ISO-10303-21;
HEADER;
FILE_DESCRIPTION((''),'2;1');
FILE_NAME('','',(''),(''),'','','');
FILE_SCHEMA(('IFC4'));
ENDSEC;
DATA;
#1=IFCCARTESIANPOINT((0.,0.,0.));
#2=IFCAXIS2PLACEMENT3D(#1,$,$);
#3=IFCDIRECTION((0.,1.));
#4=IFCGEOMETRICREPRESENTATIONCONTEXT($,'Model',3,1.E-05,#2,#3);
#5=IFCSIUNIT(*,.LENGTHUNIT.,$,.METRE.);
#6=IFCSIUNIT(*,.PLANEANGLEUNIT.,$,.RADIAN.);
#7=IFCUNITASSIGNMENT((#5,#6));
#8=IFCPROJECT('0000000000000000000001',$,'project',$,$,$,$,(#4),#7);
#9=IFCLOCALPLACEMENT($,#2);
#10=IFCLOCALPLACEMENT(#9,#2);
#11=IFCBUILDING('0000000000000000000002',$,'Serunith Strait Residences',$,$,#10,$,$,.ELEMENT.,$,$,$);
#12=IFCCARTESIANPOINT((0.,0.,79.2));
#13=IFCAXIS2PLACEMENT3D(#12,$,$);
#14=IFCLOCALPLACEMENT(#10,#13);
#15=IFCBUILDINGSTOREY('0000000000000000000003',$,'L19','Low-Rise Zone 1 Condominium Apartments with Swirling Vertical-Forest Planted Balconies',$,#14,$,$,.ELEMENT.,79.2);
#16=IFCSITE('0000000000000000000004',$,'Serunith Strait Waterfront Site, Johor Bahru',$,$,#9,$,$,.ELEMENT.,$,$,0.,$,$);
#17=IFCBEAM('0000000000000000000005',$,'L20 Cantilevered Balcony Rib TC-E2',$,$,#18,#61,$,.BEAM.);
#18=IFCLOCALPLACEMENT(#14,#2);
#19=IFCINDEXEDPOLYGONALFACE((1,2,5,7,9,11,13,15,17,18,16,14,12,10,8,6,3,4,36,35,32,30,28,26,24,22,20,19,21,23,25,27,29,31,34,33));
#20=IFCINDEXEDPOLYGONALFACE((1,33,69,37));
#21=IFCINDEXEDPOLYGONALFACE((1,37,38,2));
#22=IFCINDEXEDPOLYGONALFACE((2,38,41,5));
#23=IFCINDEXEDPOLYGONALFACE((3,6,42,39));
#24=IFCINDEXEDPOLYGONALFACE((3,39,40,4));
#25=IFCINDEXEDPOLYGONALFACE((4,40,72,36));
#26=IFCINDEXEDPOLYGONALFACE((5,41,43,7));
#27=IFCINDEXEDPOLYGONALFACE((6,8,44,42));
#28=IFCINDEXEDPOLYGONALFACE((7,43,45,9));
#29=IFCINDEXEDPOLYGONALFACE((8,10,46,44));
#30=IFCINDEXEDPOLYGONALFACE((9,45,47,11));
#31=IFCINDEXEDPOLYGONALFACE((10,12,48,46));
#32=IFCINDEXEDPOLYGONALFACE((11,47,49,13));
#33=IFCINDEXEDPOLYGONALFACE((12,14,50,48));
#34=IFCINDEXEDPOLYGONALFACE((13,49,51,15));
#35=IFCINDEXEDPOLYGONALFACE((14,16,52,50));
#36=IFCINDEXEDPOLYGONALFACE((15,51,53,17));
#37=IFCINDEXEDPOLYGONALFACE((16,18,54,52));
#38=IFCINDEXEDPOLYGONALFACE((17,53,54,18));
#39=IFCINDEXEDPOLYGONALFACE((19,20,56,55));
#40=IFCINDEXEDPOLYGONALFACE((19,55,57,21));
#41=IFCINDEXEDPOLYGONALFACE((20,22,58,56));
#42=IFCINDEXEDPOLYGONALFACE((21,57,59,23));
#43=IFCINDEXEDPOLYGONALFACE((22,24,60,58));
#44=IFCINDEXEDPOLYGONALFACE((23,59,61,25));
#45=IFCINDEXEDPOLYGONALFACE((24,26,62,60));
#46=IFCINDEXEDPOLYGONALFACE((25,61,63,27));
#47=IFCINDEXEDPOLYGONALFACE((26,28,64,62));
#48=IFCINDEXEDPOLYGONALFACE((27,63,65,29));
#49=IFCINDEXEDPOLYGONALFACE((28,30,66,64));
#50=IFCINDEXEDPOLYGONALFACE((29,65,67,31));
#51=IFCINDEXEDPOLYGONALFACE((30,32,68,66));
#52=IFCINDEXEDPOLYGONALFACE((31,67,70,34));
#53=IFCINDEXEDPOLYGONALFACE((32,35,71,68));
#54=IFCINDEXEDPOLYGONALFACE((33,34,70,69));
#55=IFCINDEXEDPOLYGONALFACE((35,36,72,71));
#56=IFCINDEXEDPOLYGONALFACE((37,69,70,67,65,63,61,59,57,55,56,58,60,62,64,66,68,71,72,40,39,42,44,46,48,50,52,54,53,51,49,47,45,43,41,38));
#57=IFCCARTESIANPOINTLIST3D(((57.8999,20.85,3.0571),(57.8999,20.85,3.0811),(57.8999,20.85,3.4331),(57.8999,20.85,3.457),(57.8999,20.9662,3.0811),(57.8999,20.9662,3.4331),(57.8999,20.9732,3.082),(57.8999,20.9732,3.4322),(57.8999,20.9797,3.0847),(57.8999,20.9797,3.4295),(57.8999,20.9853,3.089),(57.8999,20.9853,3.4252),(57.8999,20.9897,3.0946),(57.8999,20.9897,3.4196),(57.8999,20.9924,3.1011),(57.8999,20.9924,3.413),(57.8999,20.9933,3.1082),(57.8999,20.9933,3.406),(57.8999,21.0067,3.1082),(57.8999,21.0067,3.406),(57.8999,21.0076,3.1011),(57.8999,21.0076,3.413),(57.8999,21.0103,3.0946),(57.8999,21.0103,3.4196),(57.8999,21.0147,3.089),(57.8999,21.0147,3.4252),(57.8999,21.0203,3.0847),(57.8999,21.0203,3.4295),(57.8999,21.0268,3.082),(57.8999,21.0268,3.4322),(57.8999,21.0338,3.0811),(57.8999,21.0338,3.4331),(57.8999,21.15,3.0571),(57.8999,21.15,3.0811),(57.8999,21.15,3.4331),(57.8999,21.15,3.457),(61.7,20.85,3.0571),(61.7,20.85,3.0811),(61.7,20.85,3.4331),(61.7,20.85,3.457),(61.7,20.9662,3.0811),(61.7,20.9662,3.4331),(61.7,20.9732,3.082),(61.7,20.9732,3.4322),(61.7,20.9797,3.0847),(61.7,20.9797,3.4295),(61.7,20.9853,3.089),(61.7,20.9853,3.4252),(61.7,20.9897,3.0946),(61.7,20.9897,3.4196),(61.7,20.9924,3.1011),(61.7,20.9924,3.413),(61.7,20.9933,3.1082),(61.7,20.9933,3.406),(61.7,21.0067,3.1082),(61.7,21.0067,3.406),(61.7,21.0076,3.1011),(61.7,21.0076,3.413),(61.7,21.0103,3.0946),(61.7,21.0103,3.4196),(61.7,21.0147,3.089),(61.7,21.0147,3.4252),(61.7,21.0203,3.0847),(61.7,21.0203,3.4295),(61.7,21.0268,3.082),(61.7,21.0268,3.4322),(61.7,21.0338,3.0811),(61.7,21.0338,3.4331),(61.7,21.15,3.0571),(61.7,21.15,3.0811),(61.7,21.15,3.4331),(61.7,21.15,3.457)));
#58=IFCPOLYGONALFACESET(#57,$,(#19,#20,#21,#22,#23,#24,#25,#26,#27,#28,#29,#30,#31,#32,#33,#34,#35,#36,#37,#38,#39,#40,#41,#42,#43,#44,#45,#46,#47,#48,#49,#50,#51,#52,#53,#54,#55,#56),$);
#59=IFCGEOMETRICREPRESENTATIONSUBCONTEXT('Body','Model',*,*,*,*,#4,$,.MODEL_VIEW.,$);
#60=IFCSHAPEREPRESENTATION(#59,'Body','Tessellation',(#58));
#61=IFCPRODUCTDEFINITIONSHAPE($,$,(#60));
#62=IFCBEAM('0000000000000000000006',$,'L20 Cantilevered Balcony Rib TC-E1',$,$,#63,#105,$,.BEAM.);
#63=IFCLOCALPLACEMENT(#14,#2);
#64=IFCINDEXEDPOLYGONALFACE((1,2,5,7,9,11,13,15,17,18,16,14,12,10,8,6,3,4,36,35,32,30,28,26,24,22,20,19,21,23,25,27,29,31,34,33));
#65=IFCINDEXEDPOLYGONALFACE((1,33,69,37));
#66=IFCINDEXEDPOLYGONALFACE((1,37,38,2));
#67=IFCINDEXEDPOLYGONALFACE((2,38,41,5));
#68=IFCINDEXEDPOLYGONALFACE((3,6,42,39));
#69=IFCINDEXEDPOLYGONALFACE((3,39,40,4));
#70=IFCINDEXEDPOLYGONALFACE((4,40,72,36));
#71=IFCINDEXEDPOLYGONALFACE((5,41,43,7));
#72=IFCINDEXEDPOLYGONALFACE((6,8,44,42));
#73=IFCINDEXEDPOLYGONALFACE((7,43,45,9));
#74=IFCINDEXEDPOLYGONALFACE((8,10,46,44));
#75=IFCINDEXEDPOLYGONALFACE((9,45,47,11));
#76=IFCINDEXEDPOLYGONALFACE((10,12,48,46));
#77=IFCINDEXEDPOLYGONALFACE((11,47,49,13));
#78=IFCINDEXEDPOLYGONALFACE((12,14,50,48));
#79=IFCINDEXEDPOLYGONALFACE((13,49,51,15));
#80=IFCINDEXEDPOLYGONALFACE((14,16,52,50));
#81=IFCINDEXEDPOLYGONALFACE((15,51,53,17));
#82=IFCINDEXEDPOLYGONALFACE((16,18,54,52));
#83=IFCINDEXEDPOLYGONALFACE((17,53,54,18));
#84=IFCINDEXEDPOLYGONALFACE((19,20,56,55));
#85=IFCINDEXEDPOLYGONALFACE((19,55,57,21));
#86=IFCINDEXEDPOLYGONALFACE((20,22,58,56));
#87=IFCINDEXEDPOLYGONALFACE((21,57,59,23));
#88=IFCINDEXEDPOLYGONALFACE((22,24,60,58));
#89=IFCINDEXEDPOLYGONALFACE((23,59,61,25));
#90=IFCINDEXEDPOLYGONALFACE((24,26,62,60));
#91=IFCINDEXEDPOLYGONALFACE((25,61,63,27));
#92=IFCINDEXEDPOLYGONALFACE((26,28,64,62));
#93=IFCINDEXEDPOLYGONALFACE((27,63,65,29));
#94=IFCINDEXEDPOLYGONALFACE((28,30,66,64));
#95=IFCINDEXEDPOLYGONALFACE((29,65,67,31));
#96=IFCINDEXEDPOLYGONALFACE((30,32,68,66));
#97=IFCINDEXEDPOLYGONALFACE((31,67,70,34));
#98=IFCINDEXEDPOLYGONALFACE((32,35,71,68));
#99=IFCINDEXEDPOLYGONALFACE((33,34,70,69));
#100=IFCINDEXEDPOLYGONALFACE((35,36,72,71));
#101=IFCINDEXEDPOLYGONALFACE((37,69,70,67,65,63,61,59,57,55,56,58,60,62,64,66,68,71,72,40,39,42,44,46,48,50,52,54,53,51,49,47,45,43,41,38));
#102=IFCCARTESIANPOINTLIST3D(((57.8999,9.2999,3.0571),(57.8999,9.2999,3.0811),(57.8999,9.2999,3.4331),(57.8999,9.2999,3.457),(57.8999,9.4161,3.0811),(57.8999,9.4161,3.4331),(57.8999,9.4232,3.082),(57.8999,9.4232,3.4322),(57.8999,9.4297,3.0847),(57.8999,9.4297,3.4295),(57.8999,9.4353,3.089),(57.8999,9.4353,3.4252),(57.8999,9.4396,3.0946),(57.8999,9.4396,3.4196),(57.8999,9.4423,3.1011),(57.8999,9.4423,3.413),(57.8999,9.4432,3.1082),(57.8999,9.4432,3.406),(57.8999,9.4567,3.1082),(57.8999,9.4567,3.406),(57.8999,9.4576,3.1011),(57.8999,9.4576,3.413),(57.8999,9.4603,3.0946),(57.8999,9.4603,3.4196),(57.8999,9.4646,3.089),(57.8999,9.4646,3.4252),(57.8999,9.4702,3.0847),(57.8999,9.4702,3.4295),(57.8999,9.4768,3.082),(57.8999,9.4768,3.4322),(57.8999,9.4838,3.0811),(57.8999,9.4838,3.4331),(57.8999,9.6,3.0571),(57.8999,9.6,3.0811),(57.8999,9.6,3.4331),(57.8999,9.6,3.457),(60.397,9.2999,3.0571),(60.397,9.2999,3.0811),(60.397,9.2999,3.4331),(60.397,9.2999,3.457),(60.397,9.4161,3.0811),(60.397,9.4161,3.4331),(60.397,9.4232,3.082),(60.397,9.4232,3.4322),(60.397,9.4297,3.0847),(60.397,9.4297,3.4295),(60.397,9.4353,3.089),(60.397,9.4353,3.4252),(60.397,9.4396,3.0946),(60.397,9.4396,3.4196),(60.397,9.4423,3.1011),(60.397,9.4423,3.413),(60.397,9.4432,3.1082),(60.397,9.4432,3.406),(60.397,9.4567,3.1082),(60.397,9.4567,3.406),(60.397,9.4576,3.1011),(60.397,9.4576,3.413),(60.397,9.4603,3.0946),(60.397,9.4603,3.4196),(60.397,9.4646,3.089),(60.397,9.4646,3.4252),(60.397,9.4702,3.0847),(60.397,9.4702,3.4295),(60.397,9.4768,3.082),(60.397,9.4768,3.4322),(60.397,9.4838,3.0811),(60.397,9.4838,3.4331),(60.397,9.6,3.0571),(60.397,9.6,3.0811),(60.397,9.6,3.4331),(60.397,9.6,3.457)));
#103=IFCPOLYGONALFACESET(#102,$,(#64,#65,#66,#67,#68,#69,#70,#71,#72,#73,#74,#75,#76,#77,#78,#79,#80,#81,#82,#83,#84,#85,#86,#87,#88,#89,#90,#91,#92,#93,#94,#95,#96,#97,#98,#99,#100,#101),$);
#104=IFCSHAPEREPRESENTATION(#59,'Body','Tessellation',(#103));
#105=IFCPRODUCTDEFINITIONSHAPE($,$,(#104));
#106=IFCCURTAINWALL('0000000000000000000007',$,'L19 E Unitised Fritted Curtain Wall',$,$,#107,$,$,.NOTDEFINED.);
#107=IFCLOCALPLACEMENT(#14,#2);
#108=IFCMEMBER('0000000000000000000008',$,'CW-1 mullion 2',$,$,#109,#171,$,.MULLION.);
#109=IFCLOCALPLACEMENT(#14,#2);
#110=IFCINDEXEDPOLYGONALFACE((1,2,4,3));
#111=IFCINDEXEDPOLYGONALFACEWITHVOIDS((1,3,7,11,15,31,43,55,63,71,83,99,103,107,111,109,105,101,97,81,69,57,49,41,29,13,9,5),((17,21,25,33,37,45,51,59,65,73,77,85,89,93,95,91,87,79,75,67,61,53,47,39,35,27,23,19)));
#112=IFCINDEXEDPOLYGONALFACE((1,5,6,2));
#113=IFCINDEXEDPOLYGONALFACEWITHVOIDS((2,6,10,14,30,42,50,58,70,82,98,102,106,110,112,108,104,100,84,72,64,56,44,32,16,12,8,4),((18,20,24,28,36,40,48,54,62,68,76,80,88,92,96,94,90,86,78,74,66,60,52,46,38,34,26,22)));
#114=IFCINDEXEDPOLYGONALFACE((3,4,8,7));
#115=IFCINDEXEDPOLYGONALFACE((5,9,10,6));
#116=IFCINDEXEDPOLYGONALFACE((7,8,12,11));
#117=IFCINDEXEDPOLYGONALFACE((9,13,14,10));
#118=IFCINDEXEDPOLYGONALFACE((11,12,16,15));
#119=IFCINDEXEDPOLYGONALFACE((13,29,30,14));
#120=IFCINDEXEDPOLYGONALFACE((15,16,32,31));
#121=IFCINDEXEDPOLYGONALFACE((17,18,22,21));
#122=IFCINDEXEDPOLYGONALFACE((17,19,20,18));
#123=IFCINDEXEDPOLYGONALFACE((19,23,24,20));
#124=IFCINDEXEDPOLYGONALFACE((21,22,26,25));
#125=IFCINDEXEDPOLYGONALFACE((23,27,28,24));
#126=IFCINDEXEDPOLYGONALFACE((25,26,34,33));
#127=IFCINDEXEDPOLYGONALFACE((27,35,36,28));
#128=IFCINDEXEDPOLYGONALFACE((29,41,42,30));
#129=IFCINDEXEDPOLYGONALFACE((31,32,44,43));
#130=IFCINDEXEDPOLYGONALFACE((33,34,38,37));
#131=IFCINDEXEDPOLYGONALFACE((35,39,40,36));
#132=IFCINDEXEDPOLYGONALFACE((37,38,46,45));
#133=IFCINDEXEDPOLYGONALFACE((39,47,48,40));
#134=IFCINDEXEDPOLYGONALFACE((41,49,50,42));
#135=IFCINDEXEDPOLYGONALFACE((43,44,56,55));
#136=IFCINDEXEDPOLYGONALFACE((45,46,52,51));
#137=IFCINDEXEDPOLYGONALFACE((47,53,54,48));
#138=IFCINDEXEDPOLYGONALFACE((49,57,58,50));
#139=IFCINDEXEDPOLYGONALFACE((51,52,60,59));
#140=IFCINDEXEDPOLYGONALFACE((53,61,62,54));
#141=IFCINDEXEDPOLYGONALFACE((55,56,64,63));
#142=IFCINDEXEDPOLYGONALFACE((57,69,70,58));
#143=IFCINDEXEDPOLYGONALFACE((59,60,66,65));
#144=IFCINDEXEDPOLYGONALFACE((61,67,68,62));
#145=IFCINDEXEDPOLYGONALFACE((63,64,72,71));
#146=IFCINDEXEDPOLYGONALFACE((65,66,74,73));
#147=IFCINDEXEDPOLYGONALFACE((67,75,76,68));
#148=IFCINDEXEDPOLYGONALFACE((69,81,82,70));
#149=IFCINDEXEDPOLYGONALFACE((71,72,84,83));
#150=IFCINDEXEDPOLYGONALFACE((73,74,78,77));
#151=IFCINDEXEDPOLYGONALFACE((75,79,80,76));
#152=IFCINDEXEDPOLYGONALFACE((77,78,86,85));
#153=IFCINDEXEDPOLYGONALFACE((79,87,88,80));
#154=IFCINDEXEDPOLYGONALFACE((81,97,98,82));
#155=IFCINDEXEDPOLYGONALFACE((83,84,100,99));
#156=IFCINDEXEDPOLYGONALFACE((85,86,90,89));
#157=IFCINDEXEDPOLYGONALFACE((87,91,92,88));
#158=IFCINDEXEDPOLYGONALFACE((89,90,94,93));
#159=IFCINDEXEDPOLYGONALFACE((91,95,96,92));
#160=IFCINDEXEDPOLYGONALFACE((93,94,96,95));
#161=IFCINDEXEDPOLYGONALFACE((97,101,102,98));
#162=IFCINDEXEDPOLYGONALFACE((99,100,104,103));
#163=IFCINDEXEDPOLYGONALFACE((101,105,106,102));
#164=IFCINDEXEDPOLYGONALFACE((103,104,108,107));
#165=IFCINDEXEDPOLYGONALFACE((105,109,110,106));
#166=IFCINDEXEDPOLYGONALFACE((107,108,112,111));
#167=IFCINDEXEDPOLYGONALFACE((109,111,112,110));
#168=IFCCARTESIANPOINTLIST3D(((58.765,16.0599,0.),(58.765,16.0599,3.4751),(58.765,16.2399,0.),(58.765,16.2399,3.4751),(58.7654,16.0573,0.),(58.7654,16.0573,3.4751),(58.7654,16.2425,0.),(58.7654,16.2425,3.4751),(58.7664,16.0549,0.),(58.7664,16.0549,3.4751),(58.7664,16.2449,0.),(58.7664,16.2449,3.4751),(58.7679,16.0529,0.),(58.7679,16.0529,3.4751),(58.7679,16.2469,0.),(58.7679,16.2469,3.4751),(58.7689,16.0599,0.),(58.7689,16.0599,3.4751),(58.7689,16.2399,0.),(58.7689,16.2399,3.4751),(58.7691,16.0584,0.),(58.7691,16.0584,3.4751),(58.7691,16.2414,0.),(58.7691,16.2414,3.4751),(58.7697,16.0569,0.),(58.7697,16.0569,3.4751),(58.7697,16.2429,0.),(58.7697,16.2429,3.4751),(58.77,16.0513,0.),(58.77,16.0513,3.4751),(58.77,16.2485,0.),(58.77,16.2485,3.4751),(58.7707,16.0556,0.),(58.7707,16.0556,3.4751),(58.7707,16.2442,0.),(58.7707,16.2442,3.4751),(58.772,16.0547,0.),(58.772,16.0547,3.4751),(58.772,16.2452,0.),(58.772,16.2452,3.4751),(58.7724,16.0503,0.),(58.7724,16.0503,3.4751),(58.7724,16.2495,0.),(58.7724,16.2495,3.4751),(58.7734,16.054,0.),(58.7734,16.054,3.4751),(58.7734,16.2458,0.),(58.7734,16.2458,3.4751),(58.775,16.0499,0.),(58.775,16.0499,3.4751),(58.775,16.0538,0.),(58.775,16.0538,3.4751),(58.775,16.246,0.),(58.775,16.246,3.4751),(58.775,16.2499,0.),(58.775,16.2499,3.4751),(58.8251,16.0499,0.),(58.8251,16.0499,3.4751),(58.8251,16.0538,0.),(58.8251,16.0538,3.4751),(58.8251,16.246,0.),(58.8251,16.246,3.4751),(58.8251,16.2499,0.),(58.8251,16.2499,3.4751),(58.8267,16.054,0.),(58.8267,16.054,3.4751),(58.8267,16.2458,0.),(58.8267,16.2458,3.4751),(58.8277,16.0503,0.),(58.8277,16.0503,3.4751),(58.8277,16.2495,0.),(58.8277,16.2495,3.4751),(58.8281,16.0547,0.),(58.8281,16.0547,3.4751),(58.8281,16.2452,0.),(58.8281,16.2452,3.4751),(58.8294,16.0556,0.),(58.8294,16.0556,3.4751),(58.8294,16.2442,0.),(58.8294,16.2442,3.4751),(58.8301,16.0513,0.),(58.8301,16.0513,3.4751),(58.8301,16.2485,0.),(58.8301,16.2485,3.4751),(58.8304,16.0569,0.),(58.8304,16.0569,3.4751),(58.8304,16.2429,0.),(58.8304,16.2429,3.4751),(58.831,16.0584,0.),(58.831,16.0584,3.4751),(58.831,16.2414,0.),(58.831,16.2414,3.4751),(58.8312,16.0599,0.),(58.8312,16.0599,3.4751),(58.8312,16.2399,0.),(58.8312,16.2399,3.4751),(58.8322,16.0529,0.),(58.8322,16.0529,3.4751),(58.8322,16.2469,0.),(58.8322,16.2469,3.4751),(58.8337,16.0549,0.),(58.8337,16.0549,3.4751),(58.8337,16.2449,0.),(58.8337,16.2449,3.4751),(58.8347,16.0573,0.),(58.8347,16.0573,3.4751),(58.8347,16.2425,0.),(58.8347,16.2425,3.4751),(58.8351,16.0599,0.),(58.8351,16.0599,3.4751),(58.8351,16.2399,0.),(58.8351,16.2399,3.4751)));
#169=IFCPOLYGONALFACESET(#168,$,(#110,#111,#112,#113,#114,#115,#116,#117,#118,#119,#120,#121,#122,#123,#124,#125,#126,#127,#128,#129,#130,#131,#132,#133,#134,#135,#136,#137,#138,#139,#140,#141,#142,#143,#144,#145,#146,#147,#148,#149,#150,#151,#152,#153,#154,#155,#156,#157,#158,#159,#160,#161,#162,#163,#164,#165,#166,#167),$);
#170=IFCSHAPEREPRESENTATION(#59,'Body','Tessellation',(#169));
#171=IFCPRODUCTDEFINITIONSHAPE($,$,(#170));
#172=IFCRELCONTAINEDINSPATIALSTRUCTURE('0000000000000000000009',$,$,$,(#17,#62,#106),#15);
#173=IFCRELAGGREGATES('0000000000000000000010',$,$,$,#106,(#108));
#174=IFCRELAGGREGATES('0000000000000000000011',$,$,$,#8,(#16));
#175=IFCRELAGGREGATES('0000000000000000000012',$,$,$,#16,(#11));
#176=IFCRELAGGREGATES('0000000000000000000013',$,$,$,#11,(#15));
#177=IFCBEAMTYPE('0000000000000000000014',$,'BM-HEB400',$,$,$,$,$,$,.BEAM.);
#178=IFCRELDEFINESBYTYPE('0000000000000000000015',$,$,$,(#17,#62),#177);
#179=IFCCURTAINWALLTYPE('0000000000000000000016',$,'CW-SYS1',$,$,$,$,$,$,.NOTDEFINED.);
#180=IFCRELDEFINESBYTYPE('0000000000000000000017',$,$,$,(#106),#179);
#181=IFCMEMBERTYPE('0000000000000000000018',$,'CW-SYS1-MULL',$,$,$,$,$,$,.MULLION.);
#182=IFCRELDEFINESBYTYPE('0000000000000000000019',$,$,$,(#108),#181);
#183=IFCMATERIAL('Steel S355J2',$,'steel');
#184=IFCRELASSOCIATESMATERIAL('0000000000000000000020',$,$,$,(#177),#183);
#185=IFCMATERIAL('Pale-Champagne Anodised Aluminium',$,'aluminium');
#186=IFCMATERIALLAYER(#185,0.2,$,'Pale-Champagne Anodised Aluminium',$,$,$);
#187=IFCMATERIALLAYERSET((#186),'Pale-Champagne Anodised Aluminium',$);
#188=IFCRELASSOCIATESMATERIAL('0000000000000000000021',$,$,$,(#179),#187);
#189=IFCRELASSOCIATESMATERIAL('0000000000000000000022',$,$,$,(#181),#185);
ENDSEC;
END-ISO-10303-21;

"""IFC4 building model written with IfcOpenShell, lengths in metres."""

from ifc_helpers import new_model, si_unit, direction, frame, origin, origin_2d, place, context, subcontext, project, spatial, hollow_rectangle, i_section, extrude, source, transform, mapped, material, layer, layer_set, material_profile, profile_set, type_object, element, aggregate, save


model = new_model("IFC4")

# Units and contexts
model_context = context("Model", 3, precision=1e-05, world=origin(), true_north=direction((0.0, 1.0)))
body_context = subcontext(model_context, "Body", "Model", "MODEL_VIEW")
ifc_project = project(units=[si_unit("LENGTHUNIT", "METRE"), si_unit("PLANEANGLEUNIT", "RADIAN")], contexts=[model_context])

# Site, building, storey
site_placement = place(None, origin())
site = spatial("IfcSite", under=ifc_project, at=site_placement, Name="Serunith Strait Waterfront Site, Johor Bahru", CompositionType="ELEMENT", RefElevation=0.0)
building_placement = place(site_placement, origin())
building = spatial("IfcBuilding", under=site, at=building_placement, Name="Serunith Strait Residences", CompositionType="ELEMENT")
storey_placement = place(building_placement, frame((0.0, 0.0, 79.2)))
storey = spatial("IfcBuildingStorey", under=building, at=storey_placement, Name="L19", Description="Low-Rise Zone 1 Condominium Apartments with Swirling Vertical-Forest Planted Balconies", CompositionType="ELEMENT", Elevation=79.2)

# Beams
ifc_material_1 = material(Name="Steel S355J2", Category="steel")
ifc_material_profile_1 = material_profile(ifc_material_1, i_section(OverallWidth=0.3, OverallDepth=0.3999, WebThickness=0.0134, FlangeThickness=0.0239, FilletRadius=0.0271, at=origin_2d()), Name="HEB 400")
ifc_profile_set_1 = profile_set([ifc_material_profile_1], Name="Steel S355J2")
beam_type_1 = type_object("IfcBeamType", Name="BM-HEB400", PredefinedType="BEAM", material=ifc_profile_set_1)
shared_shape_1 = source(origin(), body_context, "Body", "SweptSolid", [
    extrude(i_section(OverallWidth=0.3, OverallDepth=0.3999, WebThickness=0.0134, FlangeThickness=0.0239, FilletRadius=0.0271, at=origin_2d()), origin(), (0.0, 0.0, 1.0), 3.8),
])
beam_1_placement = place(storey_placement, frame((57.8999, 21.0, 3.2571), z_axis=(1.0, 0.0, 0.0), x_axis=(0.0, 1.0, 0.0)))
element("IfcBeam", 1, at=beam_1_placement, inside=storey, type_object=beam_type_1, Name="L20 Cantilevered Balcony Rib TC-E2", PredefinedType="BEAM", context=body_context, shape_type="MappedRepresentation", body=[
    mapped(shared_shape_1, transform((0.0, 0.0, 0.0), scale=1.0)),
])
shared_shape_2 = source(origin(), body_context, "Body", "SweptSolid", [
    extrude(i_section(OverallWidth=0.3, OverallDepth=0.3999, WebThickness=0.0134, FlangeThickness=0.0239, FilletRadius=0.0271, at=origin_2d()), origin(), (0.0, 0.0, 1.0), 2.4971),
])
beam_2_placement = place(storey_placement, frame((57.8999, 9.45, 3.2571), z_axis=(1.0, 0.0, 0.0), x_axis=(0.0, 1.0, 0.0)))
element("IfcBeam", 2, at=beam_2_placement, inside=storey, type_object=beam_type_1, Name="L20 Cantilevered Balcony Rib TC-E1", PredefinedType="BEAM", context=body_context, shape_type="MappedRepresentation", body=[
    mapped(shared_shape_2, transform((0.0, 0.0, 0.0), scale=1.0)),
])

# Curtain wall, member
ifc_material_2 = material(Name="Pale-Champagne Anodised Aluminium", Category="aluminium")
ifc_layer_1 = layer(ifc_material_2, 0.2, Name="Pale-Champagne Anodised Aluminium")
ifc_layer_set_1 = layer_set([ifc_layer_1], Name="Pale-Champagne Anodised Aluminium")
curtain_wall_type = type_object("IfcCurtainWallType", Name="CW-SYS1", PredefinedType="NOTDEFINED", material=ifc_layer_set_1)
curtain_wall_placement = place(storey_placement, origin())
curtain_wall = element("IfcCurtainWall", 3, at=curtain_wall_placement, inside=storey, type_object=curtain_wall_type, Name="L19 E Unitised Fritted Curtain Wall", PredefinedType="NOTDEFINED")
ifc_material_profile_2 = material_profile(ifc_material_2, hollow_rectangle(XDim=0.0701, YDim=0.2, WallThickness=0.0039, InnerFilletRadius=0.0061, OuterFilletRadius=0.01, at=origin_2d()), Name="ALU 200x70x4")
ifc_profile_set_2 = profile_set([ifc_material_profile_2], Name="Pale-Champagne Anodised Aluminium")
member_type_1 = type_object("IfcMemberType", Name="CW-SYS1-MULL", PredefinedType="MULLION", material=ifc_profile_set_2)
shared_shape_3 = source(origin(), body_context, "Body", "SweptSolid", [
    extrude(hollow_rectangle(XDim=0.0701, YDim=0.2, WallThickness=0.0039, InnerFilletRadius=0.0061, OuterFilletRadius=0.01, at=origin_2d()), origin(), (0.0, 0.0, 1.0), 3.4751),
])
member_1_placement = place(storey_placement, frame((58.8, 16.1499, 0.0), z_axis=(0.0, 0.0, 1.0), x_axis=(-1.0, 0.0, 0.0)))
member_1 = element("IfcMember", 4, at=member_1_placement, type_object=member_type_1, Name="CW-1 mullion 2", PredefinedType="MULLION", context=body_context, shape_type="MappedRepresentation", body=[
    mapped(shared_shape_3, transform((0.0, 0.0, 0.0), scale=1.0)),
])
aggregate(curtain_wall, [member_1])

save(model, "model.ifc")
